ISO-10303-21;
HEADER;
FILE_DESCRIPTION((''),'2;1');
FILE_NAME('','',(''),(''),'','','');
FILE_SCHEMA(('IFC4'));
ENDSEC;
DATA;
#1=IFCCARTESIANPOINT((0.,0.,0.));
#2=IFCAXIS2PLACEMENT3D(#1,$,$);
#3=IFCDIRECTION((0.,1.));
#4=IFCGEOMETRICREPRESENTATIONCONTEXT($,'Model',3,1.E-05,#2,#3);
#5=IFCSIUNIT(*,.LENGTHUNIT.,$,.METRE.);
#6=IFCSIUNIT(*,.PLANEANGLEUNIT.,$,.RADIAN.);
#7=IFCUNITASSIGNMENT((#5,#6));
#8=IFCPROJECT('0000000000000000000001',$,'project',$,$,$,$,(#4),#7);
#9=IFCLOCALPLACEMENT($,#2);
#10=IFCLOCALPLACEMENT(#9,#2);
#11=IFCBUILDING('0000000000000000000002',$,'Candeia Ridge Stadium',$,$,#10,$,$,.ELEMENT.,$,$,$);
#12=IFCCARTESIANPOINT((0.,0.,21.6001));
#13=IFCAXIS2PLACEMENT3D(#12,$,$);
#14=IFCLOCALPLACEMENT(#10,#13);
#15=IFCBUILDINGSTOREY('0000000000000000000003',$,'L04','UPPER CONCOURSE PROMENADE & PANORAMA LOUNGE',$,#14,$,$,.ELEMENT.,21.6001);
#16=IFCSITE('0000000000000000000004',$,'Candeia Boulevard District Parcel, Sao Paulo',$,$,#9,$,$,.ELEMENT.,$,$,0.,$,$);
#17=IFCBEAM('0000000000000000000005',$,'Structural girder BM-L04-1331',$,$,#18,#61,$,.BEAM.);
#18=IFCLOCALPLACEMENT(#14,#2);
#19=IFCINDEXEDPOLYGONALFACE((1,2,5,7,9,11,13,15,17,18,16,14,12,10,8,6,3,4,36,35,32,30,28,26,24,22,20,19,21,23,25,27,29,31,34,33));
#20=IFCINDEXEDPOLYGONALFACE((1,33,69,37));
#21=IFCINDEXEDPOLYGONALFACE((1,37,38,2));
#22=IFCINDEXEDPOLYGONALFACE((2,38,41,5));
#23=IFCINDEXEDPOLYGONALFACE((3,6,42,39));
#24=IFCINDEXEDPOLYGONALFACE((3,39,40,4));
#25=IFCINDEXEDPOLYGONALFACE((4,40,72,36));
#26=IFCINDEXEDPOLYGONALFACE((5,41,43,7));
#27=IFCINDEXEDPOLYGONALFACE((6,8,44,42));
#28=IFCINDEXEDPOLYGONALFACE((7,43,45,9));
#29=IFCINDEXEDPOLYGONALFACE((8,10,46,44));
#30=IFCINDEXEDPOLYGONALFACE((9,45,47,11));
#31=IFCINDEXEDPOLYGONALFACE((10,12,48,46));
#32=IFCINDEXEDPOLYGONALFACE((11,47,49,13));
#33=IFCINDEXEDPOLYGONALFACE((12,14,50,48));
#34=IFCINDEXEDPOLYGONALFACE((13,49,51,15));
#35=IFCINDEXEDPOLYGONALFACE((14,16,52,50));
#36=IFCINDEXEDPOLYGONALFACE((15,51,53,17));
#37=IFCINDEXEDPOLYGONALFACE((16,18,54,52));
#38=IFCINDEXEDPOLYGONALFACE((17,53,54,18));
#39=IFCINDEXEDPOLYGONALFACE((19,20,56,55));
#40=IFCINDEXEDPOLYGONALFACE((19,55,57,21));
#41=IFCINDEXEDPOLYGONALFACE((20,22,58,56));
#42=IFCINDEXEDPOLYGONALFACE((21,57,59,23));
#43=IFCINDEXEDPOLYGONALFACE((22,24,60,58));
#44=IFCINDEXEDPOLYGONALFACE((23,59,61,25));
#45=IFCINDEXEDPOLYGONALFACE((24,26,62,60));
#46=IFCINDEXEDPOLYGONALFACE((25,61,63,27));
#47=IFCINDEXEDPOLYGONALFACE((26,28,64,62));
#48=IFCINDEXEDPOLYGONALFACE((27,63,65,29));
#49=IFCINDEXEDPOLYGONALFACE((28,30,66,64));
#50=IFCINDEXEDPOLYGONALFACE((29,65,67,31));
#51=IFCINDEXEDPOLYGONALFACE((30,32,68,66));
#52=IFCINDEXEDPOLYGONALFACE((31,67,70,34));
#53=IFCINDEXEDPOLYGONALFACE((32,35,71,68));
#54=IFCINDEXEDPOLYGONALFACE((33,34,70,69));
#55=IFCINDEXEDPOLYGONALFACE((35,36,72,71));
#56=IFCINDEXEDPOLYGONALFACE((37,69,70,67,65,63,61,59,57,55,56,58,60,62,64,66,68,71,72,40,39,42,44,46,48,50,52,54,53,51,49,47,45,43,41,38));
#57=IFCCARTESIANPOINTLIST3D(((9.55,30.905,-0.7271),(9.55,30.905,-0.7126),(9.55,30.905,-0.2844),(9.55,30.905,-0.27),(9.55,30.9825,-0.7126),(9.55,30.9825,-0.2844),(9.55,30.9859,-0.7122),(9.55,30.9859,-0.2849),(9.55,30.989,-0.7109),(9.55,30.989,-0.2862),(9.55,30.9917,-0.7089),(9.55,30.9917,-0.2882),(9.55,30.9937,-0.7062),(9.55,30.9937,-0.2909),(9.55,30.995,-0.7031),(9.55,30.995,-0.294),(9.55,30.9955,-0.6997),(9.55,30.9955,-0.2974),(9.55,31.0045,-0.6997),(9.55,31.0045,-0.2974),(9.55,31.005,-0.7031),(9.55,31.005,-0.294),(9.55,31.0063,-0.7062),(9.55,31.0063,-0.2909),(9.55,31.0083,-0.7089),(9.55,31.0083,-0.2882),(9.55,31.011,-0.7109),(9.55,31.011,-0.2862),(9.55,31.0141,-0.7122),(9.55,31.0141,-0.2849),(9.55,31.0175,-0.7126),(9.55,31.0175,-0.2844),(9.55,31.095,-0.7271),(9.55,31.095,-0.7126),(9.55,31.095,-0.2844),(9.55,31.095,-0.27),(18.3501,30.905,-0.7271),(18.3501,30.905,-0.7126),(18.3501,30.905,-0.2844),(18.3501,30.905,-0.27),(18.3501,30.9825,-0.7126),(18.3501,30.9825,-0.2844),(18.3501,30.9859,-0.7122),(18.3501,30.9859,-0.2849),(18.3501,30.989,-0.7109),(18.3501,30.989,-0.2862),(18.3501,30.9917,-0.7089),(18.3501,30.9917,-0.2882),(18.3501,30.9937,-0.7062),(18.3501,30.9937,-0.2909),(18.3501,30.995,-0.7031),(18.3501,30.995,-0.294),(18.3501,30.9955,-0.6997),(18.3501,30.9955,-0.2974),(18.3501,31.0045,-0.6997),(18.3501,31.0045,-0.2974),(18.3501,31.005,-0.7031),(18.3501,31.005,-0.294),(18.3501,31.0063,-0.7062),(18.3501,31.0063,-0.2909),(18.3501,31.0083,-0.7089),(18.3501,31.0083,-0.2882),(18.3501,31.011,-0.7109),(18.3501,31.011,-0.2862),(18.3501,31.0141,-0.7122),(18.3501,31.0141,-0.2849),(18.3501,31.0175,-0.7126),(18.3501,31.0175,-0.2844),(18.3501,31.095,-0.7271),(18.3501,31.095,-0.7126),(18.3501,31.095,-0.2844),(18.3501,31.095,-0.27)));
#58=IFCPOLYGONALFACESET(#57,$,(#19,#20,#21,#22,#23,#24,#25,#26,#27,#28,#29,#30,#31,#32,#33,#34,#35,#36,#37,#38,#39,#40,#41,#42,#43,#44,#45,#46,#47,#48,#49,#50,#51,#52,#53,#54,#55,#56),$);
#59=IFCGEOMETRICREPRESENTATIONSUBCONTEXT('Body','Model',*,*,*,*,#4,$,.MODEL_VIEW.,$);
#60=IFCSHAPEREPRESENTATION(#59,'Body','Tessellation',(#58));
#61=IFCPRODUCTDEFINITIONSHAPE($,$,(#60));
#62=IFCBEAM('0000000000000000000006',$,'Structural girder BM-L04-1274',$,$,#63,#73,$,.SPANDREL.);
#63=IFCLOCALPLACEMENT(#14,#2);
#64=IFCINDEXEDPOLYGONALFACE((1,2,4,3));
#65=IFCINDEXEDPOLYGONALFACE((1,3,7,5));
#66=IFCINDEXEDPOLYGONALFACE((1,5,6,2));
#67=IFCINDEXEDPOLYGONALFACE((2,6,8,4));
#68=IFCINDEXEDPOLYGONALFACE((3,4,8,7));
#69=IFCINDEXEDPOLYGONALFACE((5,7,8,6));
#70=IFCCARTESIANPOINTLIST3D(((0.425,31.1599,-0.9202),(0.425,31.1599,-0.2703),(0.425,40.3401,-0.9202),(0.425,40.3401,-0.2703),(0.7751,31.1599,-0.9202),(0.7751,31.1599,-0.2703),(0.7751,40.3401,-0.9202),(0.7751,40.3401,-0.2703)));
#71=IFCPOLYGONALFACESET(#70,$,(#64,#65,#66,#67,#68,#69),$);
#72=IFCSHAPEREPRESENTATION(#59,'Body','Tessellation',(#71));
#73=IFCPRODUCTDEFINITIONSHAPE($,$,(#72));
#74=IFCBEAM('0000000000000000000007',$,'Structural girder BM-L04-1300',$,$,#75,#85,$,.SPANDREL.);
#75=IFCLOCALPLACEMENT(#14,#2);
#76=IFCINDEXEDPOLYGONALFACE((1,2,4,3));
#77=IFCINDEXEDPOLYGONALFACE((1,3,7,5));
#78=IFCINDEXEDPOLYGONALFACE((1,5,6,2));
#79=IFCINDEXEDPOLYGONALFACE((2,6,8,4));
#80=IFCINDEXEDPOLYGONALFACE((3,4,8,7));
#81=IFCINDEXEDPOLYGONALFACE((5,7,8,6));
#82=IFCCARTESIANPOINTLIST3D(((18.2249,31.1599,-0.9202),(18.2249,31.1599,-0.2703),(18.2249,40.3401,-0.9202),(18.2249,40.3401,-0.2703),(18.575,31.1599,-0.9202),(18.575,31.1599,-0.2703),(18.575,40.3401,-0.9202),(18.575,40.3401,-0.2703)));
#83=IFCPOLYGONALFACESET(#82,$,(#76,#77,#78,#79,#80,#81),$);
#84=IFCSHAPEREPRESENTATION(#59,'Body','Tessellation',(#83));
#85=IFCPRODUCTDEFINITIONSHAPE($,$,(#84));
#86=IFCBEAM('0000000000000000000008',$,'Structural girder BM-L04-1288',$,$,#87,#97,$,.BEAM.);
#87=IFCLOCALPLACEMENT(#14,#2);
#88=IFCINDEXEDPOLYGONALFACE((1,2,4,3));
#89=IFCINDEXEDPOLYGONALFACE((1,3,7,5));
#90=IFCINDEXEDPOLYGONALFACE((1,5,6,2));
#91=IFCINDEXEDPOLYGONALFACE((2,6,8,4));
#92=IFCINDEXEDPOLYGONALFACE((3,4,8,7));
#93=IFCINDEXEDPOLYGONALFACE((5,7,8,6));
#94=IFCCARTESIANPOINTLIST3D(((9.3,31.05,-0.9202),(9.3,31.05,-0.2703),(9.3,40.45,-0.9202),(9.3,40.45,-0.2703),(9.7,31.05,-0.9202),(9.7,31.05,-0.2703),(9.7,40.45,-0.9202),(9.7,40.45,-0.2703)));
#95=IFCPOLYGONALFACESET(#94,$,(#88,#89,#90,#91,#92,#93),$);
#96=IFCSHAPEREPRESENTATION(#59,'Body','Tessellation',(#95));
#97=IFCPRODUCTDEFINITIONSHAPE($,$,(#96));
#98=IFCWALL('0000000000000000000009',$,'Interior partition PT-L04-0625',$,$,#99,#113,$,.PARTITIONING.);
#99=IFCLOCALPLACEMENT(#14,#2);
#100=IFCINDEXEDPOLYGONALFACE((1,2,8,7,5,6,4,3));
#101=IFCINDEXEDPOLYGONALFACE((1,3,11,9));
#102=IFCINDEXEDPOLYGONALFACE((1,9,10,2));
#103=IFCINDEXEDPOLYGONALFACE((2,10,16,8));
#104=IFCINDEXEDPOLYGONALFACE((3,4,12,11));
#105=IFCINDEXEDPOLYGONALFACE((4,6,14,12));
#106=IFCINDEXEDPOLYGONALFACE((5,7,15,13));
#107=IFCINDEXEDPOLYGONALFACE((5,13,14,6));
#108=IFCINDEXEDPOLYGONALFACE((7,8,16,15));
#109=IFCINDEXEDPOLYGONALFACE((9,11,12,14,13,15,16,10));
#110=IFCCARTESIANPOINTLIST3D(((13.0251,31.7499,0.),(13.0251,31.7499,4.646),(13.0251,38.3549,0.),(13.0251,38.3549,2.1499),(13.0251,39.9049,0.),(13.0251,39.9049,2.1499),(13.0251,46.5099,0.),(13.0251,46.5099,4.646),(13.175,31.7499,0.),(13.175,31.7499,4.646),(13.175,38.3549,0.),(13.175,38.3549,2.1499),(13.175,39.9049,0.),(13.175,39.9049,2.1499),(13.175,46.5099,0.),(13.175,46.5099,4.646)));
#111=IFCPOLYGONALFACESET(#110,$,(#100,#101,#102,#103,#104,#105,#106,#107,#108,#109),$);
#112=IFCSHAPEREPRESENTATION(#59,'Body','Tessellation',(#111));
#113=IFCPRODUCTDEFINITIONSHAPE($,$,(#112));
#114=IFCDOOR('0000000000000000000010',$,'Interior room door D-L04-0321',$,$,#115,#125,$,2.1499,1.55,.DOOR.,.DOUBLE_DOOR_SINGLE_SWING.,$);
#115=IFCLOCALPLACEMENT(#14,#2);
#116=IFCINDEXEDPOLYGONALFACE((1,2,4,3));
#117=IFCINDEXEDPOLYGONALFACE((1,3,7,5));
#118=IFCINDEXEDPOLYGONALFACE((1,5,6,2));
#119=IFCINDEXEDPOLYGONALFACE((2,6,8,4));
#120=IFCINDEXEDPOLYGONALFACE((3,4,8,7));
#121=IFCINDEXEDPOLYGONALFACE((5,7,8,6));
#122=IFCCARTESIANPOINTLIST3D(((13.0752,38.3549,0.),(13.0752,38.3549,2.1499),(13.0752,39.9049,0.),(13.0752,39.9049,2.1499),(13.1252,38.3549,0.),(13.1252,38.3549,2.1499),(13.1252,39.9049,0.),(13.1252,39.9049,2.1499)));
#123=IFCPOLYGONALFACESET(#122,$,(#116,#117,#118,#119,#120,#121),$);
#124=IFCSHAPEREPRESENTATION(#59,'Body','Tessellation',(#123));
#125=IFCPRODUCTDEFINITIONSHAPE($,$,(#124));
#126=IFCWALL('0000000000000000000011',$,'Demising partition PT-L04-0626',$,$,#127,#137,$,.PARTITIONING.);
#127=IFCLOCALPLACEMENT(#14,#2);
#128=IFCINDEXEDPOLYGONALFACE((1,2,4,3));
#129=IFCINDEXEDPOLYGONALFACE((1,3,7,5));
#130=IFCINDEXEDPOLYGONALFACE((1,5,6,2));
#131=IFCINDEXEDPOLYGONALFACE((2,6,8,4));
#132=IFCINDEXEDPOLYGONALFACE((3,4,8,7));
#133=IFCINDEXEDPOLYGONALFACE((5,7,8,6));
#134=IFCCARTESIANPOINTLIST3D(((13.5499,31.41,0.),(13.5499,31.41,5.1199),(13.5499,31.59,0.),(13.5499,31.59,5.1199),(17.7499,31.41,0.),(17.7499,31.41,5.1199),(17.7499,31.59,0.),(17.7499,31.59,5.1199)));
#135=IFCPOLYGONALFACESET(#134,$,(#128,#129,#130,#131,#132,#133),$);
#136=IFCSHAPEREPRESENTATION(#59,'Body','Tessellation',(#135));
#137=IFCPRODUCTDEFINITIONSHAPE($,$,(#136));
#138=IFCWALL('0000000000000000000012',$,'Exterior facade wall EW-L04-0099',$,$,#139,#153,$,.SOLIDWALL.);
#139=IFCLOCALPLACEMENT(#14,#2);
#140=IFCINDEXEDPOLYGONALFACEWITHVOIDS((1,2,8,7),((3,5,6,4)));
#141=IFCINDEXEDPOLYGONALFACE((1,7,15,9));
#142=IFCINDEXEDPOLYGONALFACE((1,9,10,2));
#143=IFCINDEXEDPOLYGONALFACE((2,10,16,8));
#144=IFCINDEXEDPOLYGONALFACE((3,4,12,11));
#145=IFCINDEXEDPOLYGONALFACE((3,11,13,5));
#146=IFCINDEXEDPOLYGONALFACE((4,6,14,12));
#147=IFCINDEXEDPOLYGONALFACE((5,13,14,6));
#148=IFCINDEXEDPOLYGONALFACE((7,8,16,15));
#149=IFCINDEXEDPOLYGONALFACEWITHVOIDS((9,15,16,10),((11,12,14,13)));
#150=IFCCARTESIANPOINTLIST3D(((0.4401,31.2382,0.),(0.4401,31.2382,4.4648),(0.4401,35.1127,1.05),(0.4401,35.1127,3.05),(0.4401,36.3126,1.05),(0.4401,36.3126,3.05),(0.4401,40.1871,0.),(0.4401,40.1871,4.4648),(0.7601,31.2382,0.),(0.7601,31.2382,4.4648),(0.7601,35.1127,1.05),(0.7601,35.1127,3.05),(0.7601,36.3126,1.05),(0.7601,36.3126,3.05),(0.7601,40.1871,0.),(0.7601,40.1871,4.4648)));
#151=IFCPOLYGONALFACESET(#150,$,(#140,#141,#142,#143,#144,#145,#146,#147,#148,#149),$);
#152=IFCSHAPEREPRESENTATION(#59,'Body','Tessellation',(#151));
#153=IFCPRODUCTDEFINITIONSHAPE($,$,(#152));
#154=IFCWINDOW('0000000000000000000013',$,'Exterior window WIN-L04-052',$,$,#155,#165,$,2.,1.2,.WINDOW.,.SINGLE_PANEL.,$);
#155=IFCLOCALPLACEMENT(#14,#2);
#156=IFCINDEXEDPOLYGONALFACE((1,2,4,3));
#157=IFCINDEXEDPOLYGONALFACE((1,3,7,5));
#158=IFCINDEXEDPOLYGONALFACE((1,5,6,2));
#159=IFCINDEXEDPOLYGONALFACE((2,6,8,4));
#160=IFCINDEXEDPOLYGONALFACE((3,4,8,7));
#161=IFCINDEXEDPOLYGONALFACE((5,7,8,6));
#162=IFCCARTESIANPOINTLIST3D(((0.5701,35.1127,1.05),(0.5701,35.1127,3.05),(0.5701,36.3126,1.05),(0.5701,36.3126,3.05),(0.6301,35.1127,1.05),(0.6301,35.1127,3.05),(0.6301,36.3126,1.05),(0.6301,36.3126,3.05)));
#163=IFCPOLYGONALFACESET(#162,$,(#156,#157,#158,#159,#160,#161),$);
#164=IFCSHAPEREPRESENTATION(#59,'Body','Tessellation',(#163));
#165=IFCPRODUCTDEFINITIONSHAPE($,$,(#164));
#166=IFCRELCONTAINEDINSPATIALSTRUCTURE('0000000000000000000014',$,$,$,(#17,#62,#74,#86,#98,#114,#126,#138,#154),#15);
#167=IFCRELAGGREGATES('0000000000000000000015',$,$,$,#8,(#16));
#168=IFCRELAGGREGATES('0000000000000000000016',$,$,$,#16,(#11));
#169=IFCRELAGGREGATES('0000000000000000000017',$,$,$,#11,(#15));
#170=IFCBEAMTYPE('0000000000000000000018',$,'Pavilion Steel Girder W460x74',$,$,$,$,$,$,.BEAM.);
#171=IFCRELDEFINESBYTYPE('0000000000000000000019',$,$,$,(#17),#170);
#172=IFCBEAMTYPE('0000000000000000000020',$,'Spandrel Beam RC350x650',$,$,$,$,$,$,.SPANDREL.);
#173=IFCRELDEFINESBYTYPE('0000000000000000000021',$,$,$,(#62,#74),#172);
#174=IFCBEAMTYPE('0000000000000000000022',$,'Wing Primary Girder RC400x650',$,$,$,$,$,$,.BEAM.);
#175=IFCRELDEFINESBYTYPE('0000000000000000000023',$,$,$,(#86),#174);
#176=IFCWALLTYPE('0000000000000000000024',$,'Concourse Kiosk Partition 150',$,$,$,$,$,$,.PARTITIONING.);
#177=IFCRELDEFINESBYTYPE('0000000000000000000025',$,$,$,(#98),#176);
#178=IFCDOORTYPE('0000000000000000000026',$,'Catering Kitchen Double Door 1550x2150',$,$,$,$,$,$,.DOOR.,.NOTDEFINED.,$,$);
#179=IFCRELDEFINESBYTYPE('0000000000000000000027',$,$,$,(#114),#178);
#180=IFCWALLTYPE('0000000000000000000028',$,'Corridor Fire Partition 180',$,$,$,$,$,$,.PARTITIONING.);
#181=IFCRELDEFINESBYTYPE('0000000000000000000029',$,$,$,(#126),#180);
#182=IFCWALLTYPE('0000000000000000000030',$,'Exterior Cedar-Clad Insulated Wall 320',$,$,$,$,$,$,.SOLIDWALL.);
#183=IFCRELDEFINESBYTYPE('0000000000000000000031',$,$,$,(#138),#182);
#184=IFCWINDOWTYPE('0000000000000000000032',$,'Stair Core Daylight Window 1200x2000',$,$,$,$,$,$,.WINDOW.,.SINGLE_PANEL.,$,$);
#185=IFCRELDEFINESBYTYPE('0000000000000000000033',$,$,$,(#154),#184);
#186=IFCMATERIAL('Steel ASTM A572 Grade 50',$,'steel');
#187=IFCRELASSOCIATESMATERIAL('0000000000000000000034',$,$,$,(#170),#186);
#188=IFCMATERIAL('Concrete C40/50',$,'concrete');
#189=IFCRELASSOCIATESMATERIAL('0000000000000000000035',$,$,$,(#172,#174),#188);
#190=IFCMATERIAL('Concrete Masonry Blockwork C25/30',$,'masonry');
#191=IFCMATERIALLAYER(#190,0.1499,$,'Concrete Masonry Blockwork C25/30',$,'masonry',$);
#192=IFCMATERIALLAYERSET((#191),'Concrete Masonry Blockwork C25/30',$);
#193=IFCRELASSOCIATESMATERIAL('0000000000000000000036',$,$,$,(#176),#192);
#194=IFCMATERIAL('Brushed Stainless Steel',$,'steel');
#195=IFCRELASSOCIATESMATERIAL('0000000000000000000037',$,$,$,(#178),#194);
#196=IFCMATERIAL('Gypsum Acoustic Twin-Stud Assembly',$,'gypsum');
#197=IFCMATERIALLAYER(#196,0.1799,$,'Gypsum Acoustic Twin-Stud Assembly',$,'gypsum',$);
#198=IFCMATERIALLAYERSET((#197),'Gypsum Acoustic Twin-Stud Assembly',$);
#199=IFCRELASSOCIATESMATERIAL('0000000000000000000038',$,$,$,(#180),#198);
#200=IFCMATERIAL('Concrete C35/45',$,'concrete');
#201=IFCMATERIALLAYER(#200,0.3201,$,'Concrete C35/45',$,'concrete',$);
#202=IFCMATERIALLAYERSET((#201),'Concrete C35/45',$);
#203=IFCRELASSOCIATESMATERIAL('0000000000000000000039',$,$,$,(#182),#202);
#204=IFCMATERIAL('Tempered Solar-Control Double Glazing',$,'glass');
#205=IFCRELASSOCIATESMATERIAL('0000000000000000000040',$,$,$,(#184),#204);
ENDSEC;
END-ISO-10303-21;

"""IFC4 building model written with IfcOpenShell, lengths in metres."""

from ifc_helpers import new_model, si_unit, direction, frame, frame_2d, origin, origin_2d, place, context, subcontext, project, spatial, rectangle, i_section, extrude, material, layer, layer_set, material_profile, profile_set, type_object, element, fill, save


model = new_model("IFC4")

# Units and contexts
model_context = context("Model", 3, precision=1e-05, world=origin(), true_north=direction((0.0, 1.0)))
body_context = subcontext(model_context, "Body", "Model", "MODEL_VIEW")
ifc_project = project(units=[si_unit("LENGTHUNIT", "METRE"), si_unit("PLANEANGLEUNIT", "RADIAN")], contexts=[model_context])

# Site, building, storey
site_placement = place(None, origin())
site = spatial("IfcSite", under=ifc_project, at=site_placement, Name="Candeia Boulevard District Parcel, Sao Paulo", CompositionType="ELEMENT", RefElevation=0.0)
building_placement = place(site_placement, origin())
building = spatial("IfcBuilding", under=site, at=building_placement, Name="Candeia Ridge Stadium", CompositionType="ELEMENT")
storey_placement = place(building_placement, frame((0.0, 0.0, 21.6001)))
storey = spatial("IfcBuildingStorey", under=building, at=storey_placement, Name="L04", Description="UPPER CONCOURSE PROMENADE & PANORAMA LOUNGE", CompositionType="ELEMENT", Elevation=21.6001)

# Shared definitions
ifc_material_1 = material(Name="Concrete C40/50", Category="concrete")

# Beams
ifc_material_2 = material(Name="Steel ASTM A572 Grade 50", Category="steel")
ifc_material_profile_1 = material_profile(ifc_material_2, i_section(OverallWidth=0.1899, OverallDepth=0.457, WebThickness=0.009, FlangeThickness=0.0144, FilletRadius=0.0129, at=origin_2d()), Name="W460x74", Category="steel")
ifc_profile_set_1 = profile_set([ifc_material_profile_1], Name="Steel ASTM A572 Grade 50")
beam_type_1 = type_object("IfcBeamType", Name="Pavilion Steel Girder W460x74", PredefinedType="BEAM", material=ifc_profile_set_1)
for number, where, z_axis, x_axis, name in (
    (1, (9.55, 31.0, -0.4985), (1.0, 0.0, 0.0), (0.0, 1.0, 0.0), "Structural girder BM-L04-1331"),
):
    element("IfcBeam", number, at=place(storey_placement, frame(where, z_axis=z_axis, x_axis=x_axis)), inside=storey, type_object=beam_type_1, Name=name, PredefinedType="BEAM", context=body_context, shape_type="SweptSolid", body=[
        extrude(i_section(OverallWidth=0.1899, OverallDepth=0.457, WebThickness=0.009, FlangeThickness=0.0144, FilletRadius=0.0129, at=origin_2d()), origin(), (0.0, 0.0, 1.0), 8.8),
    ])
ifc_material_profile_2 = material_profile(ifc_material_1, rectangle(XDim=0.3501, YDim=0.6499, at=origin_2d()), Name="RC350x650", Category="concrete")
ifc_profile_set_2 = profile_set([ifc_material_profile_2], Name="Concrete C40/50")
beam_type_2 = type_object("IfcBeamType", Name="Spandrel Beam RC350x650", PredefinedType="SPANDREL", material=ifc_profile_set_2)
for number, where, z_axis, x_axis, name in (
    (2, (0.6001, 31.1599, -0.5952), (0.0, 1.0, 0.0), (-1.0, 0.0, 0.0), "Structural girder BM-L04-1274"),
    (3, (18.3999, 31.1599, -0.5952), (0.0, 1.0, 0.0), (-1.0, 0.0, 0.0), "Structural girder BM-L04-1300"),
):
    element("IfcBeam", number, at=place(storey_placement, frame(where, z_axis=z_axis, x_axis=x_axis)), inside=storey, type_object=beam_type_2, Name=name, PredefinedType="SPANDREL", context=body_context, shape_type="SweptSolid", body=[
        extrude(rectangle(XDim=0.3501, YDim=0.6499, at=origin_2d()), origin(), (0.0, 0.0, 1.0), 9.1802),
    ])
ifc_material_profile_3 = material_profile(ifc_material_1, rectangle(XDim=0.3999, YDim=0.6499, at=origin_2d()), Name="RC400x650", Category="concrete")
ifc_profile_set_3 = profile_set([ifc_material_profile_3], Name="Concrete C40/50")
beam_type_3 = type_object("IfcBeamType", Name="Wing Primary Girder RC400x650", PredefinedType="BEAM", material=ifc_profile_set_3)
beam_placement = place(storey_placement, frame((9.5, 31.05, -0.5952), z_axis=(0.0, 1.0, 0.0), x_axis=(-1.0, 0.0, 0.0)))
element("IfcBeam", 4, at=beam_placement, inside=storey, type_object=beam_type_3, Name="Structural girder BM-L04-1288", PredefinedType="BEAM", context=body_context, shape_type="SweptSolid", body=[
    extrude(rectangle(XDim=0.3999, YDim=0.6499, at=origin_2d()), origin(), (0.0, 0.0, 1.0), 9.3999),
])

# Wall, opening, door
ifc_material_3 = material(Name="Concrete Masonry Blockwork C25/30", Category="masonry")
ifc_layer_1 = layer(ifc_material_3, 0.1499, Name="Concrete Masonry Blockwork C25/30", Category="masonry")
ifc_layer_set_1 = layer_set([ifc_layer_1], Name="Concrete Masonry Blockwork C25/30")
wall_type_1 = type_object("IfcWallType", Name="Concourse Kiosk Partition 150", PredefinedType="PARTITIONING", material=ifc_layer_set_1)
wall_1_placement = place(storey_placement, frame((13.1001, 31.75, 0.0), z_axis=(0.0, 0.0, 1.0), x_axis=(0.0, 1.0, 0.0)))
wall_1 = element("IfcWall", 5, at=wall_1_placement, inside=storey, type_object=wall_type_1, Name="Interior partition PT-L04-0625", PredefinedType="PARTITIONING", context=body_context, shape_type="SweptSolid", body=[
    extrude(rectangle(XDim=14.76, YDim=0.1499, at=frame_2d((7.3799, 0.0))), origin(), (0.0, 0.0, 1.0), 4.646),
])
opening_1_placement = place(wall_1_placement, frame((6.605, 0.0, 0.0)))
opening_1 = element("IfcOpeningElement", 6, at=opening_1_placement, cuts=wall_1, PredefinedType="OPENING", context=body_context, shape_type="SweptSolid", body=[
    extrude(rectangle(XDim=1.55, YDim=2.1499, at=frame_2d((0.7749, 1.075))), frame((0.0, 0.085, 0.0), z_axis=(0.0, -1.0, 0.0), x_axis=(1.0, 0.0, 0.0)), (0.0, 0.0, 1.0), 0.1699),
])
ifc_material_4 = material(Name="Brushed Stainless Steel", Category="steel")
door_type_1 = type_object("IfcDoorType", Name="Catering Kitchen Double Door 1550x2150", OperationType="NOTDEFINED", PredefinedType="DOOR", material=ifc_material_4)
door_1_placement = place(opening_1_placement, origin())
door_1 = element("IfcDoor", 7, at=door_1_placement, inside=storey, type_object=door_type_1, Name="Interior room door D-L04-0321", OperationType="DOUBLE_DOOR_SINGLE_SWING", OverallHeight=2.1499, OverallWidth=1.55, PredefinedType="DOOR", context=body_context, shape_type="SweptSolid", body=[
    extrude(rectangle(XDim=1.55, YDim=2.1499, at=frame_2d((0.7749, 1.075))), frame((0.0, 0.0249, 0.0), z_axis=(0.0, -1.0, 0.0), x_axis=(1.0, 0.0, 0.0)), (0.0, 0.0, 1.0), 0.05),
])
fill(opening_1, door_1)

# Wall
ifc_material_5 = material(Name="Gypsum Acoustic Twin-Stud Assembly", Category="gypsum")
ifc_layer_2 = layer(ifc_material_5, 0.1799, Name="Gypsum Acoustic Twin-Stud Assembly", Category="gypsum")
ifc_layer_set_2 = layer_set([ifc_layer_2], Name="Gypsum Acoustic Twin-Stud Assembly")
wall_type_2 = type_object("IfcWallType", Name="Corridor Fire Partition 180", PredefinedType="PARTITIONING", material=ifc_layer_set_2)
wall_2_placement = place(storey_placement, frame((17.75, 31.5, 0.0), z_axis=(0.0, 0.0, 1.0), x_axis=(-1.0, 0.0, 0.0)))
element("IfcWall", 8, at=wall_2_placement, inside=storey, type_object=wall_type_2, Name="Demising partition PT-L04-0626", PredefinedType="PARTITIONING", context=body_context, shape_type="SweptSolid", body=[
    extrude(rectangle(XDim=4.2, YDim=0.1799, at=frame_2d((2.1001, 0.0))), origin(), (0.0, 0.0, 1.0), 5.1199),
])

# Wall, opening, window
ifc_material_6 = material(Name="Concrete C35/45", Category="concrete")
ifc_layer_3 = layer(ifc_material_6, 0.3201, Name="Concrete C35/45", Category="concrete")
ifc_layer_set_3 = layer_set([ifc_layer_3], Name="Concrete C35/45")
wall_type_3 = type_object("IfcWallType", Name="Exterior Cedar-Clad Insulated Wall 320", PredefinedType="SOLIDWALL", material=ifc_layer_set_3)
wall_3_placement = place(storey_placement, frame((0.6001, 31.238, 0.0), z_axis=(0.0, 0.0, 1.0), x_axis=(0.0, 1.0, 0.0)))
wall_3 = element("IfcWall", 9, at=wall_3_placement, inside=storey, type_object=wall_type_3, Name="Exterior facade wall EW-L04-0099", PredefinedType="SOLIDWALL", context=body_context, shape_type="SweptSolid", body=[
    extrude(rectangle(XDim=8.949, YDim=0.3201, at=frame_2d((4.4746, 0.0))), origin(), (0.0, 0.0, 1.0), 4.4648),
])
opening_2_placement = place(wall_3_placement, frame((3.8745, 0.0, 1.05)))
opening_2 = element("IfcOpeningElement", 10, at=opening_2_placement, cuts=wall_3, PredefinedType="OPENING", context=body_context, shape_type="SweptSolid", body=[
    extrude(rectangle(XDim=1.2, YDim=2.0, at=frame_2d((0.6001, 1.0))), frame((0.0, 0.1699, 0.0), z_axis=(0.0, -1.0, 0.0), x_axis=(1.0, 0.0, 0.0)), (0.0, 0.0, 1.0), 0.3401),
])
ifc_material_7 = material(Name="Tempered Solar-Control Double Glazing", Category="glass")
window_type_1 = type_object("IfcWindowType", Name="Stair Core Daylight Window 1200x2000", PartitioningType="SINGLE_PANEL", PredefinedType="WINDOW", material=ifc_material_7)
window_1_placement = place(opening_2_placement, origin())
window_1 = element("IfcWindow", 11, at=window_1_placement, inside=storey, type_object=window_type_1, Name="Exterior window WIN-L04-052", OverallHeight=2.0, OverallWidth=1.2, PartitioningType="SINGLE_PANEL", PredefinedType="WINDOW", context=body_context, shape_type="SweptSolid", body=[
    extrude(rectangle(XDim=1.2, YDim=2.0, at=frame_2d((0.6001, 1.0))), frame((0.0, 0.03, 0.0), z_axis=(0.0, -1.0, 0.0), x_axis=(1.0, 0.0, 0.0)), (0.0, 0.0, 1.0), 0.0601),
])
fill(opening_2, window_1)

save(model, "model.ifc")
